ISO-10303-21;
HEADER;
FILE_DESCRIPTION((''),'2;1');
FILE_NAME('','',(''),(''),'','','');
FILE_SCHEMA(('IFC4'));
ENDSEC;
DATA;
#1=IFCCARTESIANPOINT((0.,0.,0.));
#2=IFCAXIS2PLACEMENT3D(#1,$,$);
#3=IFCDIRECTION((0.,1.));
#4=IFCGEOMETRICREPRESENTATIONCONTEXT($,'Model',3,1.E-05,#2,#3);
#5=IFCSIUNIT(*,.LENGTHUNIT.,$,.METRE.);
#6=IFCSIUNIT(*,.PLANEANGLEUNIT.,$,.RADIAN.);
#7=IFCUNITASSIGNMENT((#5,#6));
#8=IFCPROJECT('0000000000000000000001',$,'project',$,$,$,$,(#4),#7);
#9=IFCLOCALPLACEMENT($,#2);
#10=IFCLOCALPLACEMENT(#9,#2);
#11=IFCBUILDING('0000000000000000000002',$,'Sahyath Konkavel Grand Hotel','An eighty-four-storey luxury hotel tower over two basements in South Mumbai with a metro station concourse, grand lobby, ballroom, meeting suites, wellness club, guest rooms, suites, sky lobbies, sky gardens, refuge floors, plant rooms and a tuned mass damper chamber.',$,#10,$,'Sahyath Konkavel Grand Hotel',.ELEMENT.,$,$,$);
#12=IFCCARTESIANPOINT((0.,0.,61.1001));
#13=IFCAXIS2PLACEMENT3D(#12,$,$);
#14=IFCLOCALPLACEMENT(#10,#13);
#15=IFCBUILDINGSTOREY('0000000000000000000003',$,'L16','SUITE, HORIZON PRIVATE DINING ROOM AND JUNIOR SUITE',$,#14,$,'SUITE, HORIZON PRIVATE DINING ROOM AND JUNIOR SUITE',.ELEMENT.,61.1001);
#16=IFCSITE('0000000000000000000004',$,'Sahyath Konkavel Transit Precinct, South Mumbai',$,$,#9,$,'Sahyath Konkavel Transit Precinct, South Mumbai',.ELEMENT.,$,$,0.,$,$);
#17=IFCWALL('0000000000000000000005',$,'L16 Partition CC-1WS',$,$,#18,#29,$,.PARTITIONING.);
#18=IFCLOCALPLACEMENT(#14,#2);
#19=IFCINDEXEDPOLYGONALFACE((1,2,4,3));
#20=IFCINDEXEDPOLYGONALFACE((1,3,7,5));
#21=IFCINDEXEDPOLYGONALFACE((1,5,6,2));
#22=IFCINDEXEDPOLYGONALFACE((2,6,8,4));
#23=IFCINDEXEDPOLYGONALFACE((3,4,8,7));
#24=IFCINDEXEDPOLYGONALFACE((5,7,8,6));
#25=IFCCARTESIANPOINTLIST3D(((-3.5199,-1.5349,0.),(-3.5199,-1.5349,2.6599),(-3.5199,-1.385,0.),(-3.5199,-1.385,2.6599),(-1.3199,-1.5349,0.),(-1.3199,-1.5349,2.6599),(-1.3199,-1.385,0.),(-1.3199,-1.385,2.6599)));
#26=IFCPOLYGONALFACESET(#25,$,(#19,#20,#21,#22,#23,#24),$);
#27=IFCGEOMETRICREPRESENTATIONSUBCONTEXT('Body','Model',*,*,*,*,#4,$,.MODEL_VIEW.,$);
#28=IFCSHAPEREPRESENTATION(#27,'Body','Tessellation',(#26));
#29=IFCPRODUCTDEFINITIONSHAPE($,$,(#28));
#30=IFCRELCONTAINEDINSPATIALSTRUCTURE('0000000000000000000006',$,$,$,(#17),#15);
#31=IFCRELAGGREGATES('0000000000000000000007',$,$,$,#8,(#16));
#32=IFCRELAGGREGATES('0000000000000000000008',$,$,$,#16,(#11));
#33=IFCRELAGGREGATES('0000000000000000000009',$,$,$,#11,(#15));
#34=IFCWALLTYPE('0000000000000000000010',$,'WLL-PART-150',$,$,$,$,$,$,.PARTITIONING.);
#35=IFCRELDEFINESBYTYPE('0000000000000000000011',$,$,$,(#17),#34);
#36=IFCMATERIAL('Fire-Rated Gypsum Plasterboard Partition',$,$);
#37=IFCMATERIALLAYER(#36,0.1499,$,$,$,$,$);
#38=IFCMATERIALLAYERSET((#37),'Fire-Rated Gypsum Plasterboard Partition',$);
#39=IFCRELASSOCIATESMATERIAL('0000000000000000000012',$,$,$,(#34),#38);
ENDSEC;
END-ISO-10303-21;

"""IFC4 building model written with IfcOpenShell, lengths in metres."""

from ifc_helpers import new_model, si_unit, direction, frame, frame_2d, origin, place, context, subcontext, project, spatial, rectangle, extrude, material, layer, layer_set, type_object, element, save


model = new_model("IFC4")

# Units and contexts
model_context = context("Model", 3, precision=1e-05, world=origin(), true_north=direction((0.0, 1.0)))
body_context = subcontext(model_context, "Body", "Model", "MODEL_VIEW")
ifc_project = project(units=[si_unit("LENGTHUNIT", "METRE"), si_unit("PLANEANGLEUNIT", "RADIAN")], contexts=[model_context])

# Site, building, storey
site_placement = place(None, origin())
site = spatial("IfcSite", under=ifc_project, at=site_placement, Name="Sahyath Konkavel Transit Precinct, South Mumbai", LongName="Sahyath Konkavel Transit Precinct, South Mumbai", CompositionType="ELEMENT", RefElevation=0.0)
building_placement = place(site_placement, origin())
building = spatial("IfcBuilding", under=site, at=building_placement, Name="Sahyath Konkavel Grand Hotel", Description="An eighty-four-storey luxury hotel tower over two basements in South Mumbai with a metro station concourse, grand lobby, ballroom, meeting suites, wellness club, guest rooms, suites, sky lobbies, sky gardens, refuge floors, plant rooms and a tuned mass damper chamber.", LongName="Sahyath Konkavel Grand Hotel", CompositionType="ELEMENT")
storey_placement = place(building_placement, frame((0.0, 0.0, 61.1001)))
storey = spatial("IfcBuildingStorey", under=building, at=storey_placement, Name="L16", Description="SUITE, HORIZON PRIVATE DINING ROOM AND JUNIOR SUITE", LongName="SUITE, HORIZON PRIVATE DINING ROOM AND JUNIOR SUITE", CompositionType="ELEMENT", Elevation=61.1001)

# Wall
ifc_material_1 = material(Name="Fire-Rated Gypsum Plasterboard Partition")
ifc_layer_1 = layer(ifc_material_1, 0.1499)
ifc_layer_set_1 = layer_set([ifc_layer_1], Name="Fire-Rated Gypsum Plasterboard Partition")
wall_type_1 = type_object("IfcWallType", Name="WLL-PART-150", PredefinedType="PARTITIONING", material=ifc_layer_set_1)
wall_1_placement = place(storey_placement, frame((-3.52, -1.46, 0.0), z_axis=(0.0, 0.0, 1.0), x_axis=(1.0, 0.0, 0.0)))
element("IfcWall", 1, at=wall_1_placement, inside=storey, type_object=wall_type_1, Name="L16 Partition CC-1WS", PredefinedType="PARTITIONING", context=body_context, shape_type="SweptSolid", body=[
    extrude(rectangle(XDim=2.2, YDim=0.1499, at=frame_2d((1.1001, 0.0))), origin(), (0.0, 0.0, 1.0), 2.6599),
])

save(model, "model.ifc")
